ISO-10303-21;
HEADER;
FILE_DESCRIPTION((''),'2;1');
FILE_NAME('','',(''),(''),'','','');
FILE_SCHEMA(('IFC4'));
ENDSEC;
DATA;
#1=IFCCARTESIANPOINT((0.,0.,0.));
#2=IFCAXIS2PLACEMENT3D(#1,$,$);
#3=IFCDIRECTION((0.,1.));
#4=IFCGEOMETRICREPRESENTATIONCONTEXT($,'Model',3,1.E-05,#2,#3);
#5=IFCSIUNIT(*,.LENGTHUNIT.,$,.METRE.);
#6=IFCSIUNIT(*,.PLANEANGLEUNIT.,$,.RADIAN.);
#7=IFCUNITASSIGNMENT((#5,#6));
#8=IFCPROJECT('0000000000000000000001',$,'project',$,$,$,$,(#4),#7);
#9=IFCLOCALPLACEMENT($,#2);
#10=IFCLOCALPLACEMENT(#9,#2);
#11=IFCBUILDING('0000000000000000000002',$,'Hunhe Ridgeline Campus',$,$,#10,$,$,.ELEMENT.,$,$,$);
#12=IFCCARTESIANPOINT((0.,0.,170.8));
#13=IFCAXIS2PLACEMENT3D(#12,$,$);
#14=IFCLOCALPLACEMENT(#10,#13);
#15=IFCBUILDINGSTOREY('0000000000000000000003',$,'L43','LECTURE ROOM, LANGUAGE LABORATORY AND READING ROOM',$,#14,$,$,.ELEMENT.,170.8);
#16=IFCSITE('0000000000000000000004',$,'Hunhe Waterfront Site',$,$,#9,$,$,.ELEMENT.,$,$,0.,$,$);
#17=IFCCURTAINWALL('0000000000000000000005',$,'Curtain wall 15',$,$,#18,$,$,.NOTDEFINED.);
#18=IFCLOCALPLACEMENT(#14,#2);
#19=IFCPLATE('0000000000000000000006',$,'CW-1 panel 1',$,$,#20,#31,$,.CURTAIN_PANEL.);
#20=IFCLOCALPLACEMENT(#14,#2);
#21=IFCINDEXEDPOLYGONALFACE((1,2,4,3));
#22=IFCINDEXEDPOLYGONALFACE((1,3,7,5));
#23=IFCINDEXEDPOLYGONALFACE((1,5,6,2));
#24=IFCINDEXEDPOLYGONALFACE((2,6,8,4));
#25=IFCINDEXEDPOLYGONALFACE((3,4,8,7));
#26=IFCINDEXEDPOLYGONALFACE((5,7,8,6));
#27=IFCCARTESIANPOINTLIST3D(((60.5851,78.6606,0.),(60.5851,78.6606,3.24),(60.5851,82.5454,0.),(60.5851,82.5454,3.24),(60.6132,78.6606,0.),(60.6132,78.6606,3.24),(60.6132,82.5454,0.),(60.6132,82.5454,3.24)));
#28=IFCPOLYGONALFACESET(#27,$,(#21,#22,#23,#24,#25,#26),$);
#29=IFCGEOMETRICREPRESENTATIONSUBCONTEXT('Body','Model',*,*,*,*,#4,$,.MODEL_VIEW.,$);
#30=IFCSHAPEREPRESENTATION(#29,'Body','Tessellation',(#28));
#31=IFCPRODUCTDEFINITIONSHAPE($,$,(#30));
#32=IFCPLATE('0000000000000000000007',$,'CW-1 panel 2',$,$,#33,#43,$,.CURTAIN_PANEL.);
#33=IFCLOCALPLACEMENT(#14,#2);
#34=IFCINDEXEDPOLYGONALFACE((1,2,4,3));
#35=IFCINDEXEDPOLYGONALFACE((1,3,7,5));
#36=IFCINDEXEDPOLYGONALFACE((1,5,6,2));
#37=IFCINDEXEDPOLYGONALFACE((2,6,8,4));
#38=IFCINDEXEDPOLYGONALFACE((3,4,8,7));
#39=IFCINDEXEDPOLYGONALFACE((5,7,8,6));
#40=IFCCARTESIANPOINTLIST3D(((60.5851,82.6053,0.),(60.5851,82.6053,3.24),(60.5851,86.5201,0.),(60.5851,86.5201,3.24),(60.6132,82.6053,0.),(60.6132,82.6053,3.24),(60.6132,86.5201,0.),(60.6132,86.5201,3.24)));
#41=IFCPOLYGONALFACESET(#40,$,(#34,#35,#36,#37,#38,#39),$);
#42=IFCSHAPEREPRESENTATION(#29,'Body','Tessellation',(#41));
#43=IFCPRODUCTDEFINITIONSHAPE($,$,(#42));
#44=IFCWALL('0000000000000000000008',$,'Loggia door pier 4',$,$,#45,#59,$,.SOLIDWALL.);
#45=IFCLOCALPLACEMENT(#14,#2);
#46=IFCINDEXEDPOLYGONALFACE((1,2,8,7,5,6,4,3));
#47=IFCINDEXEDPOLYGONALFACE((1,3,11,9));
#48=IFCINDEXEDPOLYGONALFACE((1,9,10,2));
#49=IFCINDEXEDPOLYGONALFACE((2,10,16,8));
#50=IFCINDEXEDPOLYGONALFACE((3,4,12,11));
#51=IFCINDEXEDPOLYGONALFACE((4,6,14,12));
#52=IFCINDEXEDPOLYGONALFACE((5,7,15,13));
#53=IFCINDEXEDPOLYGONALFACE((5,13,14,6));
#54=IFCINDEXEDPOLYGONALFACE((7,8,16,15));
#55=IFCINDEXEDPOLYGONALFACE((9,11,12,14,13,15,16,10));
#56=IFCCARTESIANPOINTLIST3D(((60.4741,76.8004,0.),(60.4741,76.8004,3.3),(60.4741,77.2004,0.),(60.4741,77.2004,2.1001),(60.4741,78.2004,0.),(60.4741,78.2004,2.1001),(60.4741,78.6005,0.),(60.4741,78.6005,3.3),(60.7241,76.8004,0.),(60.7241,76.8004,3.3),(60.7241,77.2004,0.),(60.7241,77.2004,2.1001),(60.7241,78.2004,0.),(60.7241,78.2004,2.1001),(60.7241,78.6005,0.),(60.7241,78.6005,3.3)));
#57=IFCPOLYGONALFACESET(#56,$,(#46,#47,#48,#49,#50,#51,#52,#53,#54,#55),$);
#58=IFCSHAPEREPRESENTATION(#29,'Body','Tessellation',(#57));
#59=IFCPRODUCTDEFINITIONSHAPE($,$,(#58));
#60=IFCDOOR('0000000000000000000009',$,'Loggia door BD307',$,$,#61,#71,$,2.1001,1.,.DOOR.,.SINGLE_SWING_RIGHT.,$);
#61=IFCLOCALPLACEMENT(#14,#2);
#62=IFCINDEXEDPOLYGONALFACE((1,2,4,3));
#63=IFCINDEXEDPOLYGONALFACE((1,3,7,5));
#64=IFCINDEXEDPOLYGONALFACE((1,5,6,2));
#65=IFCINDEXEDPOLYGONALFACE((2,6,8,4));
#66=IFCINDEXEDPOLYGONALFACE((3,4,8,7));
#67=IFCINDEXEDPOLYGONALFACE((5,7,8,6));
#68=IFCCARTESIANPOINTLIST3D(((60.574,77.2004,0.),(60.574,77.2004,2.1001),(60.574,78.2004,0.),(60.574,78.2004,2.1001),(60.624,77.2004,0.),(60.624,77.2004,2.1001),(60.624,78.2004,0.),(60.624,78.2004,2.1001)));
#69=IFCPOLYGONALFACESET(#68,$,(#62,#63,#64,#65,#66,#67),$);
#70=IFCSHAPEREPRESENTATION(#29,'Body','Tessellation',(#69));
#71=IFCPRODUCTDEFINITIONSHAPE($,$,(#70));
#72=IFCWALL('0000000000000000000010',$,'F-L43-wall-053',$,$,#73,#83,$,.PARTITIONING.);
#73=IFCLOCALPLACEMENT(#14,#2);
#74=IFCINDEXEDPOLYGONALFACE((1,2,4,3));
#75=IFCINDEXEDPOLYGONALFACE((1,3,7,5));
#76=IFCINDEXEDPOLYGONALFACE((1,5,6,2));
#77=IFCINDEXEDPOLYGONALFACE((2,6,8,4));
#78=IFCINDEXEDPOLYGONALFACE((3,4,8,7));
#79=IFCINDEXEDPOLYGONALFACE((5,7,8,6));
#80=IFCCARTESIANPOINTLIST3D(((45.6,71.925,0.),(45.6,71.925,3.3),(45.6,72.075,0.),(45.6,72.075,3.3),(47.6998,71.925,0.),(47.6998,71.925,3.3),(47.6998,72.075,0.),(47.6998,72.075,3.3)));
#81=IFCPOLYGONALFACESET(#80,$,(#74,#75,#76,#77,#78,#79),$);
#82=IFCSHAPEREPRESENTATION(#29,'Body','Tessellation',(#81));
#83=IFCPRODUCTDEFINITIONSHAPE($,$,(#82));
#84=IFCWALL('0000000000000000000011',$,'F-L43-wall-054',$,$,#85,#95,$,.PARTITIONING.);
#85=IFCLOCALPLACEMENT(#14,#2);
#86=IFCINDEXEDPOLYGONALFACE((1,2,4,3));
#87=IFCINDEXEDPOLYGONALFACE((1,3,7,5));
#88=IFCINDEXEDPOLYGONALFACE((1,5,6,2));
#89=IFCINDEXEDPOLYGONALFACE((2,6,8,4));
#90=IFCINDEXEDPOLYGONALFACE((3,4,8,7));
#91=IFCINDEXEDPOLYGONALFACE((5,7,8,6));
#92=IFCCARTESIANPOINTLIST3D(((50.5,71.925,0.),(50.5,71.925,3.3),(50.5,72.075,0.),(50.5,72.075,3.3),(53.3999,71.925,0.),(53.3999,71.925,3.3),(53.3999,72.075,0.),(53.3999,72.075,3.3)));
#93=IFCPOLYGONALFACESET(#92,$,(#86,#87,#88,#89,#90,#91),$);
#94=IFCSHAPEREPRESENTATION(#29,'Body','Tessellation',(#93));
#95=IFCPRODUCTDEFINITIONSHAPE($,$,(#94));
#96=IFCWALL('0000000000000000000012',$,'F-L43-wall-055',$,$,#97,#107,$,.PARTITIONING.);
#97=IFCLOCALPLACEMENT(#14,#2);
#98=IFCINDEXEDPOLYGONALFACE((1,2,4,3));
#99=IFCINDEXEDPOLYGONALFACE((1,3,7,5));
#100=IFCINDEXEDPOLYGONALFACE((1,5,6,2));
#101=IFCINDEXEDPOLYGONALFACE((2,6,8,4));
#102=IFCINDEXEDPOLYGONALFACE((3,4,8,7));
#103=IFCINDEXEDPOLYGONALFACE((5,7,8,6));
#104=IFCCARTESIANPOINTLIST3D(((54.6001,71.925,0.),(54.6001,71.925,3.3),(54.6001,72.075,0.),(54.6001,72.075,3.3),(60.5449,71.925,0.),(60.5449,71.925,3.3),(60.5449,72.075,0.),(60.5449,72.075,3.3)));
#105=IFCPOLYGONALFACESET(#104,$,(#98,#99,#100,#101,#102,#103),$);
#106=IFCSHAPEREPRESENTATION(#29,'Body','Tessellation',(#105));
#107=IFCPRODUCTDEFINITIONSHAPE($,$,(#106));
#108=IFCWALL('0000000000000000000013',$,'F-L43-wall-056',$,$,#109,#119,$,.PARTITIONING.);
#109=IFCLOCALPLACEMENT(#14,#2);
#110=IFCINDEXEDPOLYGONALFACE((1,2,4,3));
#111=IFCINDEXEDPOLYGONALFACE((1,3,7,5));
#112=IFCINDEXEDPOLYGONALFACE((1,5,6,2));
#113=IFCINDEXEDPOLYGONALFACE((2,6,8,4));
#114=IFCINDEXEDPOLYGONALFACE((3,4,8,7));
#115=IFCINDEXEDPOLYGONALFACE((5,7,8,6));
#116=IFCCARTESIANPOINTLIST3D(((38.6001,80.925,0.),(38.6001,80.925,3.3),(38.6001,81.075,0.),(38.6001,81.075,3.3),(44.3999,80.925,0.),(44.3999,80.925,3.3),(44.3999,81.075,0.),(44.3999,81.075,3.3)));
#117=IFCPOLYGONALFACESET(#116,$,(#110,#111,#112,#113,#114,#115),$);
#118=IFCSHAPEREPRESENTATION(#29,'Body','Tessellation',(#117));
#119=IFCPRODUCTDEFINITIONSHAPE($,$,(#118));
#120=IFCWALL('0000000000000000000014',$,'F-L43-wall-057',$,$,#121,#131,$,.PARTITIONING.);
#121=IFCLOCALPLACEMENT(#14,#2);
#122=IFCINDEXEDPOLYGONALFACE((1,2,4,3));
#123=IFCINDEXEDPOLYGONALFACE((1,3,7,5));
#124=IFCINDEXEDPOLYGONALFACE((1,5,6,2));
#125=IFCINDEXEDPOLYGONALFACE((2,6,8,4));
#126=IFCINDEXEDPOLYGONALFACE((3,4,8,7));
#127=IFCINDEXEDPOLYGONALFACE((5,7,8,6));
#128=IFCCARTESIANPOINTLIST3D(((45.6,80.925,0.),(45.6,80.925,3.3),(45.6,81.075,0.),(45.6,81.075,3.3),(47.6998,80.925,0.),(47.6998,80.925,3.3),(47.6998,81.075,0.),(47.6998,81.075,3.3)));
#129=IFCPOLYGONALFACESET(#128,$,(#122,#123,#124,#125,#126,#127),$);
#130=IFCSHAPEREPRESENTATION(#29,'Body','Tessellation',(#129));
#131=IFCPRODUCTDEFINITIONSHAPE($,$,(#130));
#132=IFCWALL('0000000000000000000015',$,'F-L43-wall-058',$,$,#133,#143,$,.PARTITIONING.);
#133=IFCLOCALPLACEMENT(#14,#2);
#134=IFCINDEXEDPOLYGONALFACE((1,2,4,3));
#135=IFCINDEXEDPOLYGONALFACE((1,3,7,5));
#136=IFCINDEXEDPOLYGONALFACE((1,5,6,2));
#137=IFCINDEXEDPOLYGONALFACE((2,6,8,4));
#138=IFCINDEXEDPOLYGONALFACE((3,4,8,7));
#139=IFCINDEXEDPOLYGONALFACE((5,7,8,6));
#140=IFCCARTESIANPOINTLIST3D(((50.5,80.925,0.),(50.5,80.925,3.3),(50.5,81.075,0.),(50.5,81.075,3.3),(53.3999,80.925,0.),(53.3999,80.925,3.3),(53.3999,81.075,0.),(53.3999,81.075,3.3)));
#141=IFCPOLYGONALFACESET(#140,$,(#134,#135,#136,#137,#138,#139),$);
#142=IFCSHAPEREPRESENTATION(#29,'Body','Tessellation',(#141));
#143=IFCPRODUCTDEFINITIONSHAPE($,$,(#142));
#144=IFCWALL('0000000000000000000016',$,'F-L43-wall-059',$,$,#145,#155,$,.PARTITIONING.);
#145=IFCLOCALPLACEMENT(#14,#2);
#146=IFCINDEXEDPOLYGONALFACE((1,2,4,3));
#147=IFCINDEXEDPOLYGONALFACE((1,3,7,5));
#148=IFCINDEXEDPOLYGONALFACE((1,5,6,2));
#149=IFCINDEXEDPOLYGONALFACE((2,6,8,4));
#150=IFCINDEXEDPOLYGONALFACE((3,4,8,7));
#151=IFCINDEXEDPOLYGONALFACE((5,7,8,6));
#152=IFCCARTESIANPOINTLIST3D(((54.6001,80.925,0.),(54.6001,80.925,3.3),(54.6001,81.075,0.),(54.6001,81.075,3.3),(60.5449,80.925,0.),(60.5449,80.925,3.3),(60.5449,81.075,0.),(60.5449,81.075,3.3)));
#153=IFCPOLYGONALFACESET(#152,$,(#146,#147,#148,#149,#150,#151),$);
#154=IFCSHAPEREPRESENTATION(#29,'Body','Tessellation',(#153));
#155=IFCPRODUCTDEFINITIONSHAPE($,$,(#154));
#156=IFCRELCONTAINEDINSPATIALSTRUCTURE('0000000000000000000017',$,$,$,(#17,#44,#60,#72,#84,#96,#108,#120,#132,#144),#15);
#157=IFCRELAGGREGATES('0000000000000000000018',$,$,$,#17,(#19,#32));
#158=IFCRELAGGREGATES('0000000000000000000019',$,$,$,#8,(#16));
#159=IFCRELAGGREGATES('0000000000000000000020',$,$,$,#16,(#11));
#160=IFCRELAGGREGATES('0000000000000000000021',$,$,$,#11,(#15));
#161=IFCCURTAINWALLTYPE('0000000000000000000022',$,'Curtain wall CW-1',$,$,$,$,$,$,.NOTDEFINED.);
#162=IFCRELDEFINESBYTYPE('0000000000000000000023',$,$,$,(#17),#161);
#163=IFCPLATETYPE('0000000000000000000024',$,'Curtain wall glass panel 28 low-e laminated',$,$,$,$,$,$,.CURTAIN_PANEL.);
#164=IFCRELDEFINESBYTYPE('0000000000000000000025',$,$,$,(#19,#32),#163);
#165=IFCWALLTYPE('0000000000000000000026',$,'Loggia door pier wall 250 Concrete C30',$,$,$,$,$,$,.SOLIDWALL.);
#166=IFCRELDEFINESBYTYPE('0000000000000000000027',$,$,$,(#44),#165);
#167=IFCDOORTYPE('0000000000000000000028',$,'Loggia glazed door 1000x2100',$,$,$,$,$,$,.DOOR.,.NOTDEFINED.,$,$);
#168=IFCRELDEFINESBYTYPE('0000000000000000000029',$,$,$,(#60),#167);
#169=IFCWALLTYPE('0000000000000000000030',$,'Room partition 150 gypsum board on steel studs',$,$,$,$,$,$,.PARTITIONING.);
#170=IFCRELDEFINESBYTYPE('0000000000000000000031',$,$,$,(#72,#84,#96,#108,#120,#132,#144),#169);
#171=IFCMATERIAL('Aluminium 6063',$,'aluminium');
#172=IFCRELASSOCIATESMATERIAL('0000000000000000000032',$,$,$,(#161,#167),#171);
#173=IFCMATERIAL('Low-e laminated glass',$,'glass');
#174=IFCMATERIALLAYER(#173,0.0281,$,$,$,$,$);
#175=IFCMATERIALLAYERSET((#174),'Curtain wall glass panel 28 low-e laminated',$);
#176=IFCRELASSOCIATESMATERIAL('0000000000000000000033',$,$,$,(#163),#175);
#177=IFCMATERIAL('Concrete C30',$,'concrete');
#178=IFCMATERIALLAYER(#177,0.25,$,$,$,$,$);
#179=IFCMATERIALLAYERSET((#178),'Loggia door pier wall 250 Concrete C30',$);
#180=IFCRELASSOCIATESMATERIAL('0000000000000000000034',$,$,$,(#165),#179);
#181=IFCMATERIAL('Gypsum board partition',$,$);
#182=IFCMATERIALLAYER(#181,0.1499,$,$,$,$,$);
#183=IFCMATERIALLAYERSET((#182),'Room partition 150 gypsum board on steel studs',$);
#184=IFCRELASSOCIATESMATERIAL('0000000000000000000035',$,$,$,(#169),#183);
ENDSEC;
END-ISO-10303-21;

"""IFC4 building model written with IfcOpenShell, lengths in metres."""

from ifc_helpers import new_model, si_unit, direction, frame, frame_2d, origin, origin_2d, place, context, subcontext, project, spatial, rectangle, extrude, material, layer, layer_set, type_object, element, fill, aggregate, save


model = new_model("IFC4")

# Units and contexts
model_context = context("Model", 3, precision=1e-05, world=origin(), true_north=direction((0.0, 1.0)))
body_context = subcontext(model_context, "Body", "Model", "MODEL_VIEW")
ifc_project = project(units=[si_unit("LENGTHUNIT", "METRE"), si_unit("PLANEANGLEUNIT", "RADIAN")], contexts=[model_context])

# Site, building, storey
site_placement = place(None, origin())
site = spatial("IfcSite", under=ifc_project, at=site_placement, Name="Hunhe Waterfront Site", CompositionType="ELEMENT", RefElevation=0.0)
building_placement = place(site_placement, origin())
building = spatial("IfcBuilding", under=site, at=building_placement, Name="Hunhe Ridgeline Campus", CompositionType="ELEMENT")
storey_placement = place(building_placement, frame((0.0, 0.0, 170.8)))
storey = spatial("IfcBuildingStorey", under=building, at=storey_placement, Name="L43", Description="LECTURE ROOM, LANGUAGE LABORATORY AND READING ROOM", CompositionType="ELEMENT", Elevation=170.8)

# Curtain wall
ifc_material_1 = material(Name="Aluminium 6063", Category="aluminium")
curtain_wall_type = type_object("IfcCurtainWallType", Name="Curtain wall CW-1", PredefinedType="NOTDEFINED", material=ifc_material_1)
curtain_wall_1_placement = place(storey_placement, origin())
curtain_wall_1 = element("IfcCurtainWall", 1, at=curtain_wall_1_placement, inside=storey, type_object=curtain_wall_type, Name="Curtain wall 15", PredefinedType="NOTDEFINED")

# Plates
ifc_material_2 = material(Name="Low-e laminated glass", Category="glass")
ifc_layer_1 = layer(ifc_material_2, 0.0281)
ifc_layer_set_1 = layer_set([ifc_layer_1], Name="Curtain wall glass panel 28 low-e laminated")
plate_type = type_object("IfcPlateType", Name="Curtain wall glass panel 28 low-e laminated", PredefinedType="CURTAIN_PANEL", material=ifc_layer_set_1)
plate_1_placement = place(storey_placement, frame((60.5991, 80.603, 0.0), z_axis=(0.0, 0.0, 1.0), x_axis=(0.0, 1.0, 0.0)))
plate_1 = element("IfcPlate", 2, at=plate_1_placement, type_object=plate_type, Name="CW-1 panel 1", PredefinedType="CURTAIN_PANEL", context=body_context, shape_type="SweptSolid", body=[
    extrude(rectangle(XDim=3.8848, YDim=0.0281, at=origin_2d()), origin(), (0.0, 0.0, 1.0), 3.24),
])
plate_2_placement = place(storey_placement, frame((60.5991, 84.5627, 0.0), z_axis=(0.0, 0.0, 1.0), x_axis=(0.0, 1.0, 0.0)))
plate_2 = element("IfcPlate", 3, at=plate_2_placement, type_object=plate_type, Name="CW-1 panel 2", PredefinedType="CURTAIN_PANEL", context=body_context, shape_type="SweptSolid", body=[
    extrude(rectangle(XDim=3.9148, YDim=0.0281, at=origin_2d()), origin(), (0.0, 0.0, 1.0), 3.24),
])
aggregate(curtain_wall_1, [plate_1, plate_2])

# Wall, opening, door
ifc_material_3 = material(Name="Concrete C30", Category="concrete")
ifc_layer_2 = layer(ifc_material_3, 0.25)
ifc_layer_set_2 = layer_set([ifc_layer_2], Name="Loggia door pier wall 250 Concrete C30")
wall_type_1 = type_object("IfcWallType", Name="Loggia door pier wall 250 Concrete C30", PredefinedType="SOLIDWALL", material=ifc_layer_set_2)
wall_1_placement = place(storey_placement, frame((60.5991, 76.8005, 0.0), z_axis=(0.0, 0.0, 1.0), x_axis=(0.0, 1.0, 0.0)))
wall_1 = element("IfcWall", 4, at=wall_1_placement, inside=storey, type_object=wall_type_1, Name="Loggia door pier 4", PredefinedType="SOLIDWALL", context=body_context, shape_type="SweptSolid", body=[
    extrude(rectangle(XDim=1.8, YDim=0.25, at=frame_2d((0.8999, 0.0))), origin(), (0.0, 0.0, 1.0), 3.3),
])
opening_placement = place(wall_1_placement, frame((0.3999, 0.0, 0.0)))
opening = element("IfcOpeningElement", 5, at=opening_placement, cuts=wall_1, PredefinedType="OPENING", context=body_context, shape_type="SweptSolid", body=[
    extrude(rectangle(XDim=1.0, YDim=2.1001, at=frame_2d((0.5, 1.05))), frame((0.0, 0.125, 0.0), z_axis=(0.0, -1.0, 0.0), x_axis=(1.0, 0.0, 0.0)), (0.0, 0.0, 1.0), 0.25),
])
door_type = type_object("IfcDoorType", Name="Loggia glazed door 1000x2100", OperationType="NOTDEFINED", PredefinedType="DOOR", material=ifc_material_1)
door_placement = place(opening_placement, frame((1.0, 0.0, 0.0), z_axis=(0.0, 0.0, 1.0), x_axis=(-1.0, 0.0, 0.0)))
door = element("IfcDoor", 6, at=door_placement, inside=storey, type_object=door_type, Name="Loggia door BD307", OperationType="SINGLE_SWING_RIGHT", OverallHeight=2.1001, OverallWidth=1.0, PredefinedType="DOOR", context=body_context, shape_type="SweptSolid", body=[
    extrude(rectangle(XDim=1.0, YDim=2.1001, at=frame_2d((0.5, 1.05))), frame((0.0, 0.0249, 0.0), z_axis=(0.0, -1.0, 0.0), x_axis=(1.0, 0.0, 0.0)), (0.0, 0.0, 1.0), 0.05),
])
fill(opening, door)

# Walls
ifc_material_4 = material(Name="Gypsum board partition")
ifc_layer_3 = layer(ifc_material_4, 0.1499)
ifc_layer_set_3 = layer_set([ifc_layer_3], Name="Room partition 150 gypsum board on steel studs")
wall_type_2 = type_object("IfcWallType", Name="Room partition 150 gypsum board on steel studs", PredefinedType="PARTITIONING", material=ifc_layer_set_3)
wall_2_placement = place(storey_placement, frame((45.6001, 72.0, 0.0), z_axis=(0.0, 0.0, 1.0), x_axis=(1.0, 0.0, 0.0)))
element("IfcWall", 7, at=wall_2_placement, inside=storey, type_object=wall_type_2, Name="F-L43-wall-053", PredefinedType="PARTITIONING", context=body_context, shape_type="SweptSolid", body=[
    extrude(rectangle(XDim=2.0999, YDim=0.1499, at=frame_2d((1.0498, 0.0))), origin(), (0.0, 0.0, 1.0), 3.3),
])
wall_3_placement = place(storey_placement, frame((50.5, 72.0, 0.0), z_axis=(0.0, 0.0, 1.0), x_axis=(1.0, 0.0, 0.0)))
element("IfcWall", 8, at=wall_3_placement, inside=storey, type_object=wall_type_2, Name="F-L43-wall-054", PredefinedType="PARTITIONING", context=body_context, shape_type="SweptSolid", body=[
    extrude(rectangle(XDim=2.8999, YDim=0.1499, at=frame_2d((1.45, 0.0))), origin(), (0.0, 0.0, 1.0), 3.3),
])
wall_4_placement = place(storey_placement, frame((54.6001, 72.0, 0.0), z_axis=(0.0, 0.0, 1.0), x_axis=(1.0, 0.0, 0.0)))
element("IfcWall", 9, at=wall_4_placement, inside=storey, type_object=wall_type_2, Name="F-L43-wall-055", PredefinedType="PARTITIONING", context=body_context, shape_type="SweptSolid", body=[
    extrude(rectangle(XDim=5.9448, YDim=0.1499, at=frame_2d((2.9724, 0.0))), origin(), (0.0, 0.0, 1.0), 3.3),
])
wall_5_placement = place(storey_placement, frame((38.6001, 81.0, 0.0), z_axis=(0.0, 0.0, 1.0), x_axis=(1.0, 0.0, 0.0)))
element("IfcWall", 10, at=wall_5_placement, inside=storey, type_object=wall_type_2, Name="F-L43-wall-056", PredefinedType="PARTITIONING", context=body_context, shape_type="SweptSolid", body=[
    extrude(rectangle(XDim=5.7998, YDim=0.1499, at=frame_2d((2.8999, 0.0))), origin(), (0.0, 0.0, 1.0), 3.3),
])
wall_6_placement = place(storey_placement, frame((45.6001, 81.0, 0.0), z_axis=(0.0, 0.0, 1.0), x_axis=(1.0, 0.0, 0.0)))
element("IfcWall", 11, at=wall_6_placement, inside=storey, type_object=wall_type_2, Name="F-L43-wall-057", PredefinedType="PARTITIONING", context=body_context, shape_type="SweptSolid", body=[
    extrude(rectangle(XDim=2.0999, YDim=0.1499, at=frame_2d((1.0498, 0.0))), origin(), (0.0, 0.0, 1.0), 3.3),
])
wall_7_placement = place(storey_placement, frame((50.5, 81.0, 0.0), z_axis=(0.0, 0.0, 1.0), x_axis=(1.0, 0.0, 0.0)))
element("IfcWall", 12, at=wall_7_placement, inside=storey, type_object=wall_type_2, Name="F-L43-wall-058", PredefinedType="PARTITIONING", context=body_context, shape_type="SweptSolid", body=[
    extrude(rectangle(XDim=2.8999, YDim=0.1499, at=frame_2d((1.45, 0.0))), origin(), (0.0, 0.0, 1.0), 3.3),
])
wall_8_placement = place(storey_placement, frame((54.6001, 81.0, 0.0), z_axis=(0.0, 0.0, 1.0), x_axis=(1.0, 0.0, 0.0)))
element("IfcWall", 13, at=wall_8_placement, inside=storey, type_object=wall_type_2, Name="F-L43-wall-059", PredefinedType="PARTITIONING", context=body_context, shape_type="SweptSolid", body=[
    extrude(rectangle(XDim=5.9448, YDim=0.1499, at=frame_2d((2.9724, 0.0))), origin(), (0.0, 0.0, 1.0), 3.3),
])

save(model, "model.ifc")
